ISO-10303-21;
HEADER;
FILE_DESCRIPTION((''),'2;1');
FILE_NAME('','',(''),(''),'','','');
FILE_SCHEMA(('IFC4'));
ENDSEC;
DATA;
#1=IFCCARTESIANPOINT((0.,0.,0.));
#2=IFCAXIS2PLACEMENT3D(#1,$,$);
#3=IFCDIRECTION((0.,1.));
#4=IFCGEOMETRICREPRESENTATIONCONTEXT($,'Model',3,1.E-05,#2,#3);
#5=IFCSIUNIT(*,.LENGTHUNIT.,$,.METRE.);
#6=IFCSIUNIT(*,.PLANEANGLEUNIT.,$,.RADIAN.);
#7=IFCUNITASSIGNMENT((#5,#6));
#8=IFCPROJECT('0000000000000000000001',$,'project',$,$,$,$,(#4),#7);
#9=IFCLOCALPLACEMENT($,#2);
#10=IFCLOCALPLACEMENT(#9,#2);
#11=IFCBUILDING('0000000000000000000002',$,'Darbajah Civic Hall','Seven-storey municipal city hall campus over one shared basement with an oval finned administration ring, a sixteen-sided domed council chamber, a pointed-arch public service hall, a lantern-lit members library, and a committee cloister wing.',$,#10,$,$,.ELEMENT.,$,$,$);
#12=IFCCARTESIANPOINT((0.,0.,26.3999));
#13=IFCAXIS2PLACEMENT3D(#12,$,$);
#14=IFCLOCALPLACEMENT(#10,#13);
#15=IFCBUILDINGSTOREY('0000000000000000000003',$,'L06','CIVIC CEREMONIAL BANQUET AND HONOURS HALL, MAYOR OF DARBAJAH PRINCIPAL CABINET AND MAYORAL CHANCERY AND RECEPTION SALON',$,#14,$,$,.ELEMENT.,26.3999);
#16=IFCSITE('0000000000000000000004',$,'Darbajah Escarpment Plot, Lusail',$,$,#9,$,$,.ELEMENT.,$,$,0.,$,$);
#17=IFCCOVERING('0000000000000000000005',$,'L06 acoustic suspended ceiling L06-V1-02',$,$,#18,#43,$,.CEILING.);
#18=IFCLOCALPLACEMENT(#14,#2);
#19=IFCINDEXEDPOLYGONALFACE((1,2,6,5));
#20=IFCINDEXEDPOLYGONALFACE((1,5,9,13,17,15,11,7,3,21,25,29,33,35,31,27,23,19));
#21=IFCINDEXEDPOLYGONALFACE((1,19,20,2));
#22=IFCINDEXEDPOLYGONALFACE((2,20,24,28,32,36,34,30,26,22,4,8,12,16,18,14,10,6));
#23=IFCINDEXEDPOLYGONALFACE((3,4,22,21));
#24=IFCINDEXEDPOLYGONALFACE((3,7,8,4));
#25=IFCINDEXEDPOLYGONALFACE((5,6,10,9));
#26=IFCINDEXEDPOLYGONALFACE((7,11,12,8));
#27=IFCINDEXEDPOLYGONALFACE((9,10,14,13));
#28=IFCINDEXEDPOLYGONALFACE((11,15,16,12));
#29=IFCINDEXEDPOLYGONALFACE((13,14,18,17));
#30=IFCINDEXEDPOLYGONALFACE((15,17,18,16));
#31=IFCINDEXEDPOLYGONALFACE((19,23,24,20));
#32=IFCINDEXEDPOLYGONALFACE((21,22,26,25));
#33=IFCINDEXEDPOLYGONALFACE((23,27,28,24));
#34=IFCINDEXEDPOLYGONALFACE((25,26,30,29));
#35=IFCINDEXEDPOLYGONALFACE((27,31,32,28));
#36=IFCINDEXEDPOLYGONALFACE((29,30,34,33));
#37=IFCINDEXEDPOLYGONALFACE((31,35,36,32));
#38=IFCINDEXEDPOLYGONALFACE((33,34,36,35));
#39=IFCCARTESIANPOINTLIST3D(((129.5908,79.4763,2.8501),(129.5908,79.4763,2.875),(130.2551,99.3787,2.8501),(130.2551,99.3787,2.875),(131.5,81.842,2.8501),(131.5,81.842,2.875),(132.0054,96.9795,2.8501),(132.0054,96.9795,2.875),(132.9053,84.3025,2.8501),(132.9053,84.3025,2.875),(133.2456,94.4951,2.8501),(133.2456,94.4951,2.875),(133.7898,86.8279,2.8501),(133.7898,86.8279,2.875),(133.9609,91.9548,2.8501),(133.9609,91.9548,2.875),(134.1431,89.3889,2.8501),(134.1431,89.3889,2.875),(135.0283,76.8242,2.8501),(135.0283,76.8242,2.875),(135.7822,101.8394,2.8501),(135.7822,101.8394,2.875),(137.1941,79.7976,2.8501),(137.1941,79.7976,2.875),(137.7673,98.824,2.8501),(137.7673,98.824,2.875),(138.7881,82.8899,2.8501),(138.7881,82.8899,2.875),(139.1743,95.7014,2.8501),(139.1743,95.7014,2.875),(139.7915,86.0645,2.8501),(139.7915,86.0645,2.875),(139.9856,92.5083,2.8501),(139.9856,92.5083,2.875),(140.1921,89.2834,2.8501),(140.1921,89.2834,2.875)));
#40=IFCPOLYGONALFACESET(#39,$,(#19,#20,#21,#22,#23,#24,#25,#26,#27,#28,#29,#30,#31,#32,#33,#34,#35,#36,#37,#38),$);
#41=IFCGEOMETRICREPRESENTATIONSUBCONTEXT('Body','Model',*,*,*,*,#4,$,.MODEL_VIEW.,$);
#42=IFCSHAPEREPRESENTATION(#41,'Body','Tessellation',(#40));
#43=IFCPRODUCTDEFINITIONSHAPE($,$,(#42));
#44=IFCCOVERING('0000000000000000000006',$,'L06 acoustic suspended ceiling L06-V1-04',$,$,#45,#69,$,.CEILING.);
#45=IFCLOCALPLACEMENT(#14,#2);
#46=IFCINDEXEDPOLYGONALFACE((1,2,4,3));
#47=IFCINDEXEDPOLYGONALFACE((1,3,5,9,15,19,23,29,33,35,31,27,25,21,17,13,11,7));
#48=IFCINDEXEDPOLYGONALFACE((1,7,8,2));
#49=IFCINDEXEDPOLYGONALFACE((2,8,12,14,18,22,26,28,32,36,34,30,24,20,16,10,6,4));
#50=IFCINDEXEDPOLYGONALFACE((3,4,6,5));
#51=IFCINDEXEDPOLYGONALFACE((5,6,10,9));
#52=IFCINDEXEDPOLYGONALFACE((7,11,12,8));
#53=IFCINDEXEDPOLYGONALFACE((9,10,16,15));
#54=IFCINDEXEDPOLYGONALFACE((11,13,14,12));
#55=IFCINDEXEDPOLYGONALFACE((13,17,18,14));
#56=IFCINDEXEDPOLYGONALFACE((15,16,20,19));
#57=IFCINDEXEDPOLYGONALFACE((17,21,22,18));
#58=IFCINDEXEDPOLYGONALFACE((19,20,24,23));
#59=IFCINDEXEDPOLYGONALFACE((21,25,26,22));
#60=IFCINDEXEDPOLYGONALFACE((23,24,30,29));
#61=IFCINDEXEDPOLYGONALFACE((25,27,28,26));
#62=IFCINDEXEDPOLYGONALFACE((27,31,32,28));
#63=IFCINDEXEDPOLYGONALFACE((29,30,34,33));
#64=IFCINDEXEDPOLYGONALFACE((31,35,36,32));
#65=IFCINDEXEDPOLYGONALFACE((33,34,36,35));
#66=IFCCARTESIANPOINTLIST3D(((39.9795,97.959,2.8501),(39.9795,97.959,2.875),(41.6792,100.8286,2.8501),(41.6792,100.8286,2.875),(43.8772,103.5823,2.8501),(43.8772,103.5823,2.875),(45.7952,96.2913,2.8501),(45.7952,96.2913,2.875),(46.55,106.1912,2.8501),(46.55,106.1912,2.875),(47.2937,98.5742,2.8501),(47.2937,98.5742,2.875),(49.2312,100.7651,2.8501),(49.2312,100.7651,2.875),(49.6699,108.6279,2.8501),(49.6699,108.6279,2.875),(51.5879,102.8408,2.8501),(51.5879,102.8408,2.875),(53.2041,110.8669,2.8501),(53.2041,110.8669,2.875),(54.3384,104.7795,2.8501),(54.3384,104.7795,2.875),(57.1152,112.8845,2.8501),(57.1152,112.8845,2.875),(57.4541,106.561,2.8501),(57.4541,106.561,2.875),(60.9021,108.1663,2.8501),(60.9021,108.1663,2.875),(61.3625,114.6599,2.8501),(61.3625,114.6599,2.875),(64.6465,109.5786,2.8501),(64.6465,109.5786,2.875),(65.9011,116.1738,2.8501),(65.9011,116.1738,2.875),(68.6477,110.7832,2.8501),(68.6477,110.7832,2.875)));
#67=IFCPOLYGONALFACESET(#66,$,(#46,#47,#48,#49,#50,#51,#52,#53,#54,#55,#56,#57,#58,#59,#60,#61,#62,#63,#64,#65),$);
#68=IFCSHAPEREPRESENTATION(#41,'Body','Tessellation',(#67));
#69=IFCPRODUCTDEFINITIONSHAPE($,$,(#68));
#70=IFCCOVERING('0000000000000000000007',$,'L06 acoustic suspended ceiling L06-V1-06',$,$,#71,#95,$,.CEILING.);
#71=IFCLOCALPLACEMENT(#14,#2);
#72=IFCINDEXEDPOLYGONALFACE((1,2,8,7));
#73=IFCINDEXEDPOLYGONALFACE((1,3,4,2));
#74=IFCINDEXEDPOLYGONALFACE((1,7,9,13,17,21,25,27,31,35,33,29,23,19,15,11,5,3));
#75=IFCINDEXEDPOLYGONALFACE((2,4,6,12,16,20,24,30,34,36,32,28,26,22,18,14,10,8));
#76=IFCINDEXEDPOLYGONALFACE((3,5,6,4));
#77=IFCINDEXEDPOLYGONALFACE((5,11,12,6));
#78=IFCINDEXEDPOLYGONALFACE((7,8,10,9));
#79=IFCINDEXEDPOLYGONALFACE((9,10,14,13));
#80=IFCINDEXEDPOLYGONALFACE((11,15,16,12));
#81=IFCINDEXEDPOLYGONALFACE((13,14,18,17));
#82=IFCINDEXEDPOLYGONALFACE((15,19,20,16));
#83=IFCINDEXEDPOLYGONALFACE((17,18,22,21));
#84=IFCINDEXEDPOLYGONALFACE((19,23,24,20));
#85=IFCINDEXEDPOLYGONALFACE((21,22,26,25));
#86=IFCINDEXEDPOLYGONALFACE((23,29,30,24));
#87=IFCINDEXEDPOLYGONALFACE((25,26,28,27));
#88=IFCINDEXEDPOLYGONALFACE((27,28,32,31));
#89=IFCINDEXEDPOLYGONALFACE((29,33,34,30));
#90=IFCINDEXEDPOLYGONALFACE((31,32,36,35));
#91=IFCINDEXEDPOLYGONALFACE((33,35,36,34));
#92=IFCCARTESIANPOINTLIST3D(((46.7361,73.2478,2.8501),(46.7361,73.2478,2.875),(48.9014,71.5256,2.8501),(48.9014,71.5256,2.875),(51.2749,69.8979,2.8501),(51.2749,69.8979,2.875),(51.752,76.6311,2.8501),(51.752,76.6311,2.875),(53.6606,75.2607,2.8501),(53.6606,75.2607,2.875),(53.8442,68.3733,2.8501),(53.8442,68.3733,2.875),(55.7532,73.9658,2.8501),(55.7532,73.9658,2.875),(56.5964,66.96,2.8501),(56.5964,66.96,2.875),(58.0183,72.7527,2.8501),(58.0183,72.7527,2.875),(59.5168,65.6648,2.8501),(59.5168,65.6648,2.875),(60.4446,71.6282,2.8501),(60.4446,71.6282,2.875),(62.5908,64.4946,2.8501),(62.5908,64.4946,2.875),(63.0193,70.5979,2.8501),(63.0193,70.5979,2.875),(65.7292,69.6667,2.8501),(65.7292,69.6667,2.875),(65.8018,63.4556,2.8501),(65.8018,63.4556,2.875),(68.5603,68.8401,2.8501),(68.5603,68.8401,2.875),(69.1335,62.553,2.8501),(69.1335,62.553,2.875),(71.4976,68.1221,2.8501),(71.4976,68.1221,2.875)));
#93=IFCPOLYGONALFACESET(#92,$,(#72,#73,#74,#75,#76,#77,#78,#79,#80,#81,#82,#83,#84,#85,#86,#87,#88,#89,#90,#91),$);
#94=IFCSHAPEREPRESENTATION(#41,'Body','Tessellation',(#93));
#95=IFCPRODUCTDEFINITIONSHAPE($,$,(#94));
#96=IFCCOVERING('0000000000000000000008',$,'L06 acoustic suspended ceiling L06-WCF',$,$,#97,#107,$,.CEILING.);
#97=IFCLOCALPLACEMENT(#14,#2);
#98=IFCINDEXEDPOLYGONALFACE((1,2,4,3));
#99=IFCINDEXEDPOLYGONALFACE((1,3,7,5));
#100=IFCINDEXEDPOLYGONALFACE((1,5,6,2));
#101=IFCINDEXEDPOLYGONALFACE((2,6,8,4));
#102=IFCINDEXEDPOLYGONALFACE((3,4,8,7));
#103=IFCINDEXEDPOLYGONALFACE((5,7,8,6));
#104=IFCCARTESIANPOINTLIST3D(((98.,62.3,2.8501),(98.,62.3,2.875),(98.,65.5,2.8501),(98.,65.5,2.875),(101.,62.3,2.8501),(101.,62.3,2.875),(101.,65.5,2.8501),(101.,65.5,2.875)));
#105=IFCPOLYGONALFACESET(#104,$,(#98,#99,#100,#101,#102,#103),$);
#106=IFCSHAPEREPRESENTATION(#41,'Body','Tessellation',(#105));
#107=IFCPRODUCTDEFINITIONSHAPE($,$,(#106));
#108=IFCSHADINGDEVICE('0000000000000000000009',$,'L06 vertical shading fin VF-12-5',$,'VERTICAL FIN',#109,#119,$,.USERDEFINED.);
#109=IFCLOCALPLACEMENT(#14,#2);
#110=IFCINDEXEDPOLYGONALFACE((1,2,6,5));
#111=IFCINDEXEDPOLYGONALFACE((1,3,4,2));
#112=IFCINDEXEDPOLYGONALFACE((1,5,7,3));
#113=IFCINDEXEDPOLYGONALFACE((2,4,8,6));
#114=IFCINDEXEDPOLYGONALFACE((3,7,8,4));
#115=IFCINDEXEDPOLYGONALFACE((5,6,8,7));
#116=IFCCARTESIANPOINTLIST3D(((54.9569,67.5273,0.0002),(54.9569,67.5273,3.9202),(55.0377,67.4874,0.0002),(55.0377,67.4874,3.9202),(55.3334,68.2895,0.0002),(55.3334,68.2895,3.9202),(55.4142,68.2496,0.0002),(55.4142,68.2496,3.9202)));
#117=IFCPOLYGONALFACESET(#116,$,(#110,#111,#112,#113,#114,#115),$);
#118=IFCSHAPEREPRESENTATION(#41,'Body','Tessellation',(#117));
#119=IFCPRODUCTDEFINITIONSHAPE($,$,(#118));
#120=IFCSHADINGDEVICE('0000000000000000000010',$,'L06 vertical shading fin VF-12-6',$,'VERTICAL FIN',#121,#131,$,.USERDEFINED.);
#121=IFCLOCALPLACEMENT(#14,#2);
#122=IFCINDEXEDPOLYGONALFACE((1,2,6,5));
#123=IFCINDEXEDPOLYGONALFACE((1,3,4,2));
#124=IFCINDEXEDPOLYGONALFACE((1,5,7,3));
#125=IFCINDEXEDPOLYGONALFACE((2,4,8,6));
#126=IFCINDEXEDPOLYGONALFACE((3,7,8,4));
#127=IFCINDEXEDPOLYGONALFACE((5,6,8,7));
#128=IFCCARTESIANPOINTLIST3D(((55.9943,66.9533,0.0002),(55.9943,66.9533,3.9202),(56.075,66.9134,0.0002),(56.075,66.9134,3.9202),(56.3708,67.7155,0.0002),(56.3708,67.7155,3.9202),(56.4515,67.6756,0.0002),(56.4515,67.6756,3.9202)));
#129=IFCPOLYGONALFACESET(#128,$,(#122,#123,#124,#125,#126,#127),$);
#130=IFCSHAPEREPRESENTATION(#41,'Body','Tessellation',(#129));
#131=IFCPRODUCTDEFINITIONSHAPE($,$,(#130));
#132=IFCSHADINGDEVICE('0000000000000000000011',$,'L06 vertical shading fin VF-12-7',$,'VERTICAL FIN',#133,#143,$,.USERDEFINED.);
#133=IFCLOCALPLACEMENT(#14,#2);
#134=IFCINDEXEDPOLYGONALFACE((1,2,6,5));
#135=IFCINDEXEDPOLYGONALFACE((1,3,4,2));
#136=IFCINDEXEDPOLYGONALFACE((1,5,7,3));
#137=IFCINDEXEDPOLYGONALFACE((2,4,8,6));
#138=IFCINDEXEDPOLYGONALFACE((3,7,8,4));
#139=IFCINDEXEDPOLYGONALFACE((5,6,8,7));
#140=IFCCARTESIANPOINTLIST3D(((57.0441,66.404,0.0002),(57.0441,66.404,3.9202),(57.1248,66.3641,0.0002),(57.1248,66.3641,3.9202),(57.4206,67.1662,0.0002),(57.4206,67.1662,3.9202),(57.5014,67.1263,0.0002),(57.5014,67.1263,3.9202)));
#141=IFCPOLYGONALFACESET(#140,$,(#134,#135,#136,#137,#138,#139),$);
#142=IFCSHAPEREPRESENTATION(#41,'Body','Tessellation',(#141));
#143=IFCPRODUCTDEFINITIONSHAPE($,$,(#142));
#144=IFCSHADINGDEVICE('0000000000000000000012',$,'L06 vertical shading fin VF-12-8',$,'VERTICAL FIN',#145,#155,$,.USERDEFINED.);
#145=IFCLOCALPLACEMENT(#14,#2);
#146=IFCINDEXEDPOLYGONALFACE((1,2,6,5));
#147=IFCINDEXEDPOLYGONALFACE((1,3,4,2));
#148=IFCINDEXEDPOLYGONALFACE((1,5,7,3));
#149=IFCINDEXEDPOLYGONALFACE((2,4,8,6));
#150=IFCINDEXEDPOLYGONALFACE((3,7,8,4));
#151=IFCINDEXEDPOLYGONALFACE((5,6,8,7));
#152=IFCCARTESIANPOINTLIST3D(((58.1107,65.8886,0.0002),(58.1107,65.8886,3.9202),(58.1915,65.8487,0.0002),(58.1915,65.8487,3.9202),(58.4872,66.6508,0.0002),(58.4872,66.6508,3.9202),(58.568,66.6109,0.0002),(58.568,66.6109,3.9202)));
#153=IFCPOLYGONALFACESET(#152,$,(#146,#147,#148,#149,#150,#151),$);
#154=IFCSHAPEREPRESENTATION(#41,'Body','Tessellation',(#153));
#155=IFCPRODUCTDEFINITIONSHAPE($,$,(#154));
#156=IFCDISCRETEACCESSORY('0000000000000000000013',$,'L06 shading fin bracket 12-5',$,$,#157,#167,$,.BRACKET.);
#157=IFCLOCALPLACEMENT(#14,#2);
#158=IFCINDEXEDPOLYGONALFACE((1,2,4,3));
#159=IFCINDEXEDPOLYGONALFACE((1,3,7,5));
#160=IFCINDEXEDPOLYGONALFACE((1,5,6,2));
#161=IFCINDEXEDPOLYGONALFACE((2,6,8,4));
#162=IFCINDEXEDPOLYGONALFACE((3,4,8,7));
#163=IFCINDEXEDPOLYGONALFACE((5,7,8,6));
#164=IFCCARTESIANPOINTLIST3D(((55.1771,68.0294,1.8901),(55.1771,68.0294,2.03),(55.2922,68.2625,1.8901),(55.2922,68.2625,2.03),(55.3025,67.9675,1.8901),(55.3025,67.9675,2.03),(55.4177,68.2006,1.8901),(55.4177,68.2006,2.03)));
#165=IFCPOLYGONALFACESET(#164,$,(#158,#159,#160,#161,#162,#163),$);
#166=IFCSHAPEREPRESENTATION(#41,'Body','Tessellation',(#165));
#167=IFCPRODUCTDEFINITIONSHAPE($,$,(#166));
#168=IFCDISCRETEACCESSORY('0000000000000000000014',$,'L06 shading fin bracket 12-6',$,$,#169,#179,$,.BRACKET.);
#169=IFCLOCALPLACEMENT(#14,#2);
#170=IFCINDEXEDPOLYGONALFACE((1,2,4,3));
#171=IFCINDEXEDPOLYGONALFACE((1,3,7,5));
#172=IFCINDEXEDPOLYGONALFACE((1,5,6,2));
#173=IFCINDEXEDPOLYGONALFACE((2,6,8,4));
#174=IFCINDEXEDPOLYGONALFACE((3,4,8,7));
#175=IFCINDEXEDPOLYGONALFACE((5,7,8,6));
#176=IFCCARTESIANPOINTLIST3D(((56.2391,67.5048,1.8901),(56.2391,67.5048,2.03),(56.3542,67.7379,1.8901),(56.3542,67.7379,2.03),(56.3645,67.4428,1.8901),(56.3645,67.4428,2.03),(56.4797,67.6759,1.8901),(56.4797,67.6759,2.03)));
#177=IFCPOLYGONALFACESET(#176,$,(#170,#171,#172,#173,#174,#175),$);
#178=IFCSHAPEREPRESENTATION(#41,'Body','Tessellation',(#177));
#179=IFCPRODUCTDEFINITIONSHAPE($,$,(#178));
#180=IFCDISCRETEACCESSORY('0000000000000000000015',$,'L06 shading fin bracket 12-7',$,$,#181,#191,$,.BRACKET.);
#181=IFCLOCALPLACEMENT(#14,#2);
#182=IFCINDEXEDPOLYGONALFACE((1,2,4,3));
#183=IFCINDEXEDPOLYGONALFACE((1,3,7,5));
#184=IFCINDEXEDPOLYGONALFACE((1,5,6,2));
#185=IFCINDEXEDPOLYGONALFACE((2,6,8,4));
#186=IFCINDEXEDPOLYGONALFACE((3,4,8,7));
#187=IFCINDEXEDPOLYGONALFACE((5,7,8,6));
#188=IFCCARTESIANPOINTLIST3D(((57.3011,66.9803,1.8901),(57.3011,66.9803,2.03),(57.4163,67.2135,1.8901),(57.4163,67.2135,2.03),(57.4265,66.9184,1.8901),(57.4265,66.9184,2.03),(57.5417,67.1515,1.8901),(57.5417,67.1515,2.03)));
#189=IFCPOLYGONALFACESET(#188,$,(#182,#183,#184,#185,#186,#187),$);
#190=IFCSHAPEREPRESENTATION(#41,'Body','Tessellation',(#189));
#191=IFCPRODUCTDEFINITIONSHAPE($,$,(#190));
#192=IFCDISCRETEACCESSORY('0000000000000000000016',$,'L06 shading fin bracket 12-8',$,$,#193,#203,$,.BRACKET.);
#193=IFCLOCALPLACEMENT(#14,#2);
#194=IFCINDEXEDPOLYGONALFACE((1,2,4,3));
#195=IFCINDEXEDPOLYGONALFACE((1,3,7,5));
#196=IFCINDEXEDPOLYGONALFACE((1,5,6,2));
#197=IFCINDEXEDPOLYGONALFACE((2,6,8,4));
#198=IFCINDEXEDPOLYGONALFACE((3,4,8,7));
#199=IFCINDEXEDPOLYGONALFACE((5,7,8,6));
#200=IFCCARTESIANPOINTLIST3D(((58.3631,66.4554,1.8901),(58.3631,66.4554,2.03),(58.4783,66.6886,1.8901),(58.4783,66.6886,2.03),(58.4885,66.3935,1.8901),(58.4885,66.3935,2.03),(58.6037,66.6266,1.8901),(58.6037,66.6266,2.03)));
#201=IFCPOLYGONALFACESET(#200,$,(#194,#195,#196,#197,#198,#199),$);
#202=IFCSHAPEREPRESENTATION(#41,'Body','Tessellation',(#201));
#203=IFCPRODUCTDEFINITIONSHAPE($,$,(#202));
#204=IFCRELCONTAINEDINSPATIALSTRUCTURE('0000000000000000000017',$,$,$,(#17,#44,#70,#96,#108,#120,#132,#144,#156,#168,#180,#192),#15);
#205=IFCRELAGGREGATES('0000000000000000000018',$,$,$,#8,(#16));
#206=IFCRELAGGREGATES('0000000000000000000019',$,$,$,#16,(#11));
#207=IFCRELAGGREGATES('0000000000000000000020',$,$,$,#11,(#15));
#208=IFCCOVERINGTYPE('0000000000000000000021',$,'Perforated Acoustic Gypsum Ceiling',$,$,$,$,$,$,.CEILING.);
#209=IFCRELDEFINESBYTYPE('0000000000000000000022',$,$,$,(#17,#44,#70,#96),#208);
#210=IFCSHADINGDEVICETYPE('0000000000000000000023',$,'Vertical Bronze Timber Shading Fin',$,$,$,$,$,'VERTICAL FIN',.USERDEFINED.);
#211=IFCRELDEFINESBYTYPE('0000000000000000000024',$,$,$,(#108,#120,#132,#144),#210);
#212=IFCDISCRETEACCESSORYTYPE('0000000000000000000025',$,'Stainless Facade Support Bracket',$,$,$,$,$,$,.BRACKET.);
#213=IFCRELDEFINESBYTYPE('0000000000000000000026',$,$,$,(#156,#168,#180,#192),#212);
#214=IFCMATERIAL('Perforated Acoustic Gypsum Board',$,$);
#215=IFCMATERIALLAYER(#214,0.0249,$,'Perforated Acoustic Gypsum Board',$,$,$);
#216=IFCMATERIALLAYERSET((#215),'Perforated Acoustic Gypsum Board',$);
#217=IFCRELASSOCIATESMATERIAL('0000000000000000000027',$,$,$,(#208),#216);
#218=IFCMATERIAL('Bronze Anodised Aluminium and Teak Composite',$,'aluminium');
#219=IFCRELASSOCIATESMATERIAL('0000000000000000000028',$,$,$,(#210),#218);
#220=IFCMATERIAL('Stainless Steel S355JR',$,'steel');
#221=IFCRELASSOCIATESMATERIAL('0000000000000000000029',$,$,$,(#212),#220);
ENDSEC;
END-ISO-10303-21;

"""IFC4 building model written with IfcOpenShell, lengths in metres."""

from ifc_helpers import new_model, si_unit, direction, frame, origin, origin_2d, place, context, subcontext, project, spatial, polyline, rectangle, outline, extrude, material, layer, layer_set, type_object, element, save


model = new_model("IFC4")

# Units and contexts
model_context = context("Model", 3, precision=1e-05, world=origin(), true_north=direction((0.0, 1.0)))
body_context = subcontext(model_context, "Body", "Model", "MODEL_VIEW")
ifc_project = project(units=[si_unit("LENGTHUNIT", "METRE"), si_unit("PLANEANGLEUNIT", "RADIAN")], contexts=[model_context])

# Site, building, storey
site_placement = place(None, origin())
site = spatial("IfcSite", under=ifc_project, at=site_placement, Name="Darbajah Escarpment Plot, Lusail", CompositionType="ELEMENT", RefElevation=0.0)
building_placement = place(site_placement, origin())
building = spatial("IfcBuilding", under=site, at=building_placement, Name="Darbajah Civic Hall", Description="Seven-storey municipal city hall campus over one shared basement with an oval finned administration ring, a sixteen-sided domed council chamber, a pointed-arch public service hall, a lantern-lit members library, and a committee cloister wing.", CompositionType="ELEMENT")
storey_placement = place(building_placement, frame((0.0, 0.0, 26.3999)))
storey = spatial("IfcBuildingStorey", under=building, at=storey_placement, Name="L06", Description="CIVIC CEREMONIAL BANQUET AND HONOURS HALL, MAYOR OF DARBAJAH PRINCIPAL CABINET AND MAYORAL CHANCERY AND RECEPTION SALON", CompositionType="ELEMENT", Elevation=26.3999)

# Coverings
ifc_material_1 = material(Name="Perforated Acoustic Gypsum Board")
ifc_layer_1 = layer(ifc_material_1, 0.0249, Name="Perforated Acoustic Gypsum Board")
ifc_layer_set_1 = layer_set([ifc_layer_1], Name="Perforated Acoustic Gypsum Board")
covering_type_1 = type_object("IfcCoveringType", Name="Perforated Acoustic Gypsum Ceiling", PredefinedType="CEILING", material=ifc_layer_set_1)
covering_1_placement = place(storey_placement, frame((0.0, 0.0, 2.8501)))
element("IfcCovering", 1, at=covering_1_placement, inside=storey, type_object=covering_type_1, Name="L06 acoustic suspended ceiling L06-V1-02", PredefinedType="CEILING", context=body_context, shape_type="SweptSolid", body=[
    extrude(outline(polyline([(135.0283, 76.8242), (137.1941, 79.7976), (138.7881, 82.8899), (139.7915, 86.0645), (140.1921, 89.2834), (139.9856, 92.5083), (139.1743, 95.7014), (137.7673, 98.824), (135.7822, 101.8394), (130.2551, 99.3787), (132.0054, 96.9795), (133.2456, 94.4951), (133.9609, 91.9548), (134.1431, 89.3889), (133.7898, 86.8279), (132.9053, 84.3025), (131.5, 81.842), (129.5908, 79.4763), (135.0283, 76.8242)])), origin(), (0.0, 0.0, 1.0), 0.0249),
])
covering_2_placement = place(storey_placement, frame((0.0, 0.0, 2.8501)))
element("IfcCovering", 2, at=covering_2_placement, inside=storey, type_object=covering_type_1, Name="L06 acoustic suspended ceiling L06-V1-04", PredefinedType="CEILING", context=body_context, shape_type="SweptSolid", body=[
    extrude(outline(polyline([(65.9011, 116.1738), (61.3625, 114.6599), (57.1152, 112.8845), (53.2041, 110.8669), (49.6699, 108.6279), (46.55, 106.1912), (43.8772, 103.5823), (41.6792, 100.8286), (39.9795, 97.959), (45.7952, 96.2913), (47.2937, 98.5742), (49.2312, 100.7651), (51.5879, 102.8408), (54.3384, 104.7795), (57.4541, 106.561), (60.9021, 108.1663), (64.6465, 109.5786), (68.6477, 110.7832), (65.9011, 116.1738)])), origin(), (0.0, 0.0, 1.0), 0.0249),
])
covering_3_placement = place(storey_placement, frame((0.0, 0.0, 2.8501)))
element("IfcCovering", 3, at=covering_3_placement, inside=storey, type_object=covering_type_1, Name="L06 acoustic suspended ceiling L06-V1-06", PredefinedType="CEILING", context=body_context, shape_type="SweptSolid", body=[
    extrude(outline(polyline([(46.7361, 73.2478), (48.9014, 71.5256), (51.2749, 69.8979), (53.8442, 68.3733), (56.5964, 66.96), (59.5168, 65.6648), (62.5908, 64.4946), (65.8018, 63.4556), (69.1335, 62.553), (71.4976, 68.1221), (68.5603, 68.8401), (65.7292, 69.6667), (63.0193, 70.5979), (60.4446, 71.6282), (58.0183, 72.7527), (55.7532, 73.9658), (53.6606, 75.2607), (51.752, 76.6311), (46.7361, 73.2478)])), origin(), (0.0, 0.0, 1.0), 0.0249),
])
covering_4_placement = place(storey_placement, frame((0.0, 0.0, 2.8501)))
element("IfcCovering", 4, at=covering_4_placement, inside=storey, type_object=covering_type_1, Name="L06 acoustic suspended ceiling L06-WCF", PredefinedType="CEILING", context=body_context, shape_type="SweptSolid", body=[
    extrude(outline(polyline([(98.0, 62.3), (101.0, 62.3), (101.0, 65.5), (98.0, 65.5), (98.0, 62.3)])), origin(), (0.0, 0.0, 1.0), 0.0249),
])

# Shading devices
ifc_material_2 = material(Name="Bronze Anodised Aluminium and Teak Composite", Category="aluminium")
shading_device_type = type_object("IfcShadingDeviceType", Name="Vertical Bronze Timber Shading Fin", ElementType="VERTICAL FIN", PredefinedType="USERDEFINED", material=ifc_material_2)
for number, where, z_axis, x_axis, name in (
    (5, (55.1855, 67.8884, 0.0002), (0.0, 0.0, 1.0), (-0.442915, -0.896564, 0.0), "L06 vertical shading fin VF-12-5"),
    (6, (56.2229, 67.3145, 0.0002), (0.0, 0.0, 1.0), (-0.442915, -0.896564, 0.0), "L06 vertical shading fin VF-12-6"),
    (7, (57.2727, 66.7651, 0.0002), (0.0, 0.0, 1.0), (-0.442915, -0.896564, 0.0), "L06 vertical shading fin VF-12-7"),
    (8, (58.3394, 66.2498, 0.0002), (0.0, 0.0, 1.0), (-0.442915, -0.896564, 0.0), "L06 vertical shading fin VF-12-8"),
):
    element("IfcShadingDevice", number, at=place(storey_placement, frame(where, z_axis=z_axis, x_axis=x_axis)), inside=storey, type_object=shading_device_type, Name=name, ObjectType="VERTICAL FIN", PredefinedType="USERDEFINED", context=body_context, shape_type="SweptSolid", body=[
        extrude(rectangle(XDim=0.8501, YDim=0.0901, at=origin_2d()), origin(), (0.0, 0.0, 1.0), 3.9199),
    ])

# Discrete accessories
ifc_material_3 = material(Name="Stainless Steel S355JR", Category="steel")
discrete_accessory_type = type_object("IfcDiscreteAccessoryType", Name="Stainless Facade Support Bracket", PredefinedType="BRACKET", material=ifc_material_3)
for number, where, z_axis, x_axis, name in (
    (9, (55.2974, 68.115, 1.8901), (0.0, 0.0, 1.0), (-0.442915, -0.896564, 0.0), "L06 shading fin bracket 12-5"),
    (10, (56.3594, 67.5903, 1.8901), (0.0, 0.0, 1.0), (-0.442915, -0.896564, 0.0), "L06 shading fin bracket 12-6"),
    (11, (57.4214, 67.0659, 1.8901), (0.0, 0.0, 1.0), (-0.442915, -0.896564, 0.0), "L06 shading fin bracket 12-7"),
    (12, (58.4834, 66.541, 1.8901), (0.0, 0.0, 1.0), (-0.442915, -0.896564, 0.0), "L06 shading fin bracket 12-8"),
):
    element("IfcDiscreteAccessory", number, at=place(storey_placement, frame(where, z_axis=z_axis, x_axis=x_axis)), inside=storey, type_object=discrete_accessory_type, Name=name, PredefinedType="BRACKET", context=body_context, shape_type="SweptSolid", body=[
        extrude(rectangle(XDim=0.26, YDim=0.1399, at=origin_2d()), origin(), (0.0, 0.0, 1.0), 0.1399),
    ])

save(model, "model.ifc")
